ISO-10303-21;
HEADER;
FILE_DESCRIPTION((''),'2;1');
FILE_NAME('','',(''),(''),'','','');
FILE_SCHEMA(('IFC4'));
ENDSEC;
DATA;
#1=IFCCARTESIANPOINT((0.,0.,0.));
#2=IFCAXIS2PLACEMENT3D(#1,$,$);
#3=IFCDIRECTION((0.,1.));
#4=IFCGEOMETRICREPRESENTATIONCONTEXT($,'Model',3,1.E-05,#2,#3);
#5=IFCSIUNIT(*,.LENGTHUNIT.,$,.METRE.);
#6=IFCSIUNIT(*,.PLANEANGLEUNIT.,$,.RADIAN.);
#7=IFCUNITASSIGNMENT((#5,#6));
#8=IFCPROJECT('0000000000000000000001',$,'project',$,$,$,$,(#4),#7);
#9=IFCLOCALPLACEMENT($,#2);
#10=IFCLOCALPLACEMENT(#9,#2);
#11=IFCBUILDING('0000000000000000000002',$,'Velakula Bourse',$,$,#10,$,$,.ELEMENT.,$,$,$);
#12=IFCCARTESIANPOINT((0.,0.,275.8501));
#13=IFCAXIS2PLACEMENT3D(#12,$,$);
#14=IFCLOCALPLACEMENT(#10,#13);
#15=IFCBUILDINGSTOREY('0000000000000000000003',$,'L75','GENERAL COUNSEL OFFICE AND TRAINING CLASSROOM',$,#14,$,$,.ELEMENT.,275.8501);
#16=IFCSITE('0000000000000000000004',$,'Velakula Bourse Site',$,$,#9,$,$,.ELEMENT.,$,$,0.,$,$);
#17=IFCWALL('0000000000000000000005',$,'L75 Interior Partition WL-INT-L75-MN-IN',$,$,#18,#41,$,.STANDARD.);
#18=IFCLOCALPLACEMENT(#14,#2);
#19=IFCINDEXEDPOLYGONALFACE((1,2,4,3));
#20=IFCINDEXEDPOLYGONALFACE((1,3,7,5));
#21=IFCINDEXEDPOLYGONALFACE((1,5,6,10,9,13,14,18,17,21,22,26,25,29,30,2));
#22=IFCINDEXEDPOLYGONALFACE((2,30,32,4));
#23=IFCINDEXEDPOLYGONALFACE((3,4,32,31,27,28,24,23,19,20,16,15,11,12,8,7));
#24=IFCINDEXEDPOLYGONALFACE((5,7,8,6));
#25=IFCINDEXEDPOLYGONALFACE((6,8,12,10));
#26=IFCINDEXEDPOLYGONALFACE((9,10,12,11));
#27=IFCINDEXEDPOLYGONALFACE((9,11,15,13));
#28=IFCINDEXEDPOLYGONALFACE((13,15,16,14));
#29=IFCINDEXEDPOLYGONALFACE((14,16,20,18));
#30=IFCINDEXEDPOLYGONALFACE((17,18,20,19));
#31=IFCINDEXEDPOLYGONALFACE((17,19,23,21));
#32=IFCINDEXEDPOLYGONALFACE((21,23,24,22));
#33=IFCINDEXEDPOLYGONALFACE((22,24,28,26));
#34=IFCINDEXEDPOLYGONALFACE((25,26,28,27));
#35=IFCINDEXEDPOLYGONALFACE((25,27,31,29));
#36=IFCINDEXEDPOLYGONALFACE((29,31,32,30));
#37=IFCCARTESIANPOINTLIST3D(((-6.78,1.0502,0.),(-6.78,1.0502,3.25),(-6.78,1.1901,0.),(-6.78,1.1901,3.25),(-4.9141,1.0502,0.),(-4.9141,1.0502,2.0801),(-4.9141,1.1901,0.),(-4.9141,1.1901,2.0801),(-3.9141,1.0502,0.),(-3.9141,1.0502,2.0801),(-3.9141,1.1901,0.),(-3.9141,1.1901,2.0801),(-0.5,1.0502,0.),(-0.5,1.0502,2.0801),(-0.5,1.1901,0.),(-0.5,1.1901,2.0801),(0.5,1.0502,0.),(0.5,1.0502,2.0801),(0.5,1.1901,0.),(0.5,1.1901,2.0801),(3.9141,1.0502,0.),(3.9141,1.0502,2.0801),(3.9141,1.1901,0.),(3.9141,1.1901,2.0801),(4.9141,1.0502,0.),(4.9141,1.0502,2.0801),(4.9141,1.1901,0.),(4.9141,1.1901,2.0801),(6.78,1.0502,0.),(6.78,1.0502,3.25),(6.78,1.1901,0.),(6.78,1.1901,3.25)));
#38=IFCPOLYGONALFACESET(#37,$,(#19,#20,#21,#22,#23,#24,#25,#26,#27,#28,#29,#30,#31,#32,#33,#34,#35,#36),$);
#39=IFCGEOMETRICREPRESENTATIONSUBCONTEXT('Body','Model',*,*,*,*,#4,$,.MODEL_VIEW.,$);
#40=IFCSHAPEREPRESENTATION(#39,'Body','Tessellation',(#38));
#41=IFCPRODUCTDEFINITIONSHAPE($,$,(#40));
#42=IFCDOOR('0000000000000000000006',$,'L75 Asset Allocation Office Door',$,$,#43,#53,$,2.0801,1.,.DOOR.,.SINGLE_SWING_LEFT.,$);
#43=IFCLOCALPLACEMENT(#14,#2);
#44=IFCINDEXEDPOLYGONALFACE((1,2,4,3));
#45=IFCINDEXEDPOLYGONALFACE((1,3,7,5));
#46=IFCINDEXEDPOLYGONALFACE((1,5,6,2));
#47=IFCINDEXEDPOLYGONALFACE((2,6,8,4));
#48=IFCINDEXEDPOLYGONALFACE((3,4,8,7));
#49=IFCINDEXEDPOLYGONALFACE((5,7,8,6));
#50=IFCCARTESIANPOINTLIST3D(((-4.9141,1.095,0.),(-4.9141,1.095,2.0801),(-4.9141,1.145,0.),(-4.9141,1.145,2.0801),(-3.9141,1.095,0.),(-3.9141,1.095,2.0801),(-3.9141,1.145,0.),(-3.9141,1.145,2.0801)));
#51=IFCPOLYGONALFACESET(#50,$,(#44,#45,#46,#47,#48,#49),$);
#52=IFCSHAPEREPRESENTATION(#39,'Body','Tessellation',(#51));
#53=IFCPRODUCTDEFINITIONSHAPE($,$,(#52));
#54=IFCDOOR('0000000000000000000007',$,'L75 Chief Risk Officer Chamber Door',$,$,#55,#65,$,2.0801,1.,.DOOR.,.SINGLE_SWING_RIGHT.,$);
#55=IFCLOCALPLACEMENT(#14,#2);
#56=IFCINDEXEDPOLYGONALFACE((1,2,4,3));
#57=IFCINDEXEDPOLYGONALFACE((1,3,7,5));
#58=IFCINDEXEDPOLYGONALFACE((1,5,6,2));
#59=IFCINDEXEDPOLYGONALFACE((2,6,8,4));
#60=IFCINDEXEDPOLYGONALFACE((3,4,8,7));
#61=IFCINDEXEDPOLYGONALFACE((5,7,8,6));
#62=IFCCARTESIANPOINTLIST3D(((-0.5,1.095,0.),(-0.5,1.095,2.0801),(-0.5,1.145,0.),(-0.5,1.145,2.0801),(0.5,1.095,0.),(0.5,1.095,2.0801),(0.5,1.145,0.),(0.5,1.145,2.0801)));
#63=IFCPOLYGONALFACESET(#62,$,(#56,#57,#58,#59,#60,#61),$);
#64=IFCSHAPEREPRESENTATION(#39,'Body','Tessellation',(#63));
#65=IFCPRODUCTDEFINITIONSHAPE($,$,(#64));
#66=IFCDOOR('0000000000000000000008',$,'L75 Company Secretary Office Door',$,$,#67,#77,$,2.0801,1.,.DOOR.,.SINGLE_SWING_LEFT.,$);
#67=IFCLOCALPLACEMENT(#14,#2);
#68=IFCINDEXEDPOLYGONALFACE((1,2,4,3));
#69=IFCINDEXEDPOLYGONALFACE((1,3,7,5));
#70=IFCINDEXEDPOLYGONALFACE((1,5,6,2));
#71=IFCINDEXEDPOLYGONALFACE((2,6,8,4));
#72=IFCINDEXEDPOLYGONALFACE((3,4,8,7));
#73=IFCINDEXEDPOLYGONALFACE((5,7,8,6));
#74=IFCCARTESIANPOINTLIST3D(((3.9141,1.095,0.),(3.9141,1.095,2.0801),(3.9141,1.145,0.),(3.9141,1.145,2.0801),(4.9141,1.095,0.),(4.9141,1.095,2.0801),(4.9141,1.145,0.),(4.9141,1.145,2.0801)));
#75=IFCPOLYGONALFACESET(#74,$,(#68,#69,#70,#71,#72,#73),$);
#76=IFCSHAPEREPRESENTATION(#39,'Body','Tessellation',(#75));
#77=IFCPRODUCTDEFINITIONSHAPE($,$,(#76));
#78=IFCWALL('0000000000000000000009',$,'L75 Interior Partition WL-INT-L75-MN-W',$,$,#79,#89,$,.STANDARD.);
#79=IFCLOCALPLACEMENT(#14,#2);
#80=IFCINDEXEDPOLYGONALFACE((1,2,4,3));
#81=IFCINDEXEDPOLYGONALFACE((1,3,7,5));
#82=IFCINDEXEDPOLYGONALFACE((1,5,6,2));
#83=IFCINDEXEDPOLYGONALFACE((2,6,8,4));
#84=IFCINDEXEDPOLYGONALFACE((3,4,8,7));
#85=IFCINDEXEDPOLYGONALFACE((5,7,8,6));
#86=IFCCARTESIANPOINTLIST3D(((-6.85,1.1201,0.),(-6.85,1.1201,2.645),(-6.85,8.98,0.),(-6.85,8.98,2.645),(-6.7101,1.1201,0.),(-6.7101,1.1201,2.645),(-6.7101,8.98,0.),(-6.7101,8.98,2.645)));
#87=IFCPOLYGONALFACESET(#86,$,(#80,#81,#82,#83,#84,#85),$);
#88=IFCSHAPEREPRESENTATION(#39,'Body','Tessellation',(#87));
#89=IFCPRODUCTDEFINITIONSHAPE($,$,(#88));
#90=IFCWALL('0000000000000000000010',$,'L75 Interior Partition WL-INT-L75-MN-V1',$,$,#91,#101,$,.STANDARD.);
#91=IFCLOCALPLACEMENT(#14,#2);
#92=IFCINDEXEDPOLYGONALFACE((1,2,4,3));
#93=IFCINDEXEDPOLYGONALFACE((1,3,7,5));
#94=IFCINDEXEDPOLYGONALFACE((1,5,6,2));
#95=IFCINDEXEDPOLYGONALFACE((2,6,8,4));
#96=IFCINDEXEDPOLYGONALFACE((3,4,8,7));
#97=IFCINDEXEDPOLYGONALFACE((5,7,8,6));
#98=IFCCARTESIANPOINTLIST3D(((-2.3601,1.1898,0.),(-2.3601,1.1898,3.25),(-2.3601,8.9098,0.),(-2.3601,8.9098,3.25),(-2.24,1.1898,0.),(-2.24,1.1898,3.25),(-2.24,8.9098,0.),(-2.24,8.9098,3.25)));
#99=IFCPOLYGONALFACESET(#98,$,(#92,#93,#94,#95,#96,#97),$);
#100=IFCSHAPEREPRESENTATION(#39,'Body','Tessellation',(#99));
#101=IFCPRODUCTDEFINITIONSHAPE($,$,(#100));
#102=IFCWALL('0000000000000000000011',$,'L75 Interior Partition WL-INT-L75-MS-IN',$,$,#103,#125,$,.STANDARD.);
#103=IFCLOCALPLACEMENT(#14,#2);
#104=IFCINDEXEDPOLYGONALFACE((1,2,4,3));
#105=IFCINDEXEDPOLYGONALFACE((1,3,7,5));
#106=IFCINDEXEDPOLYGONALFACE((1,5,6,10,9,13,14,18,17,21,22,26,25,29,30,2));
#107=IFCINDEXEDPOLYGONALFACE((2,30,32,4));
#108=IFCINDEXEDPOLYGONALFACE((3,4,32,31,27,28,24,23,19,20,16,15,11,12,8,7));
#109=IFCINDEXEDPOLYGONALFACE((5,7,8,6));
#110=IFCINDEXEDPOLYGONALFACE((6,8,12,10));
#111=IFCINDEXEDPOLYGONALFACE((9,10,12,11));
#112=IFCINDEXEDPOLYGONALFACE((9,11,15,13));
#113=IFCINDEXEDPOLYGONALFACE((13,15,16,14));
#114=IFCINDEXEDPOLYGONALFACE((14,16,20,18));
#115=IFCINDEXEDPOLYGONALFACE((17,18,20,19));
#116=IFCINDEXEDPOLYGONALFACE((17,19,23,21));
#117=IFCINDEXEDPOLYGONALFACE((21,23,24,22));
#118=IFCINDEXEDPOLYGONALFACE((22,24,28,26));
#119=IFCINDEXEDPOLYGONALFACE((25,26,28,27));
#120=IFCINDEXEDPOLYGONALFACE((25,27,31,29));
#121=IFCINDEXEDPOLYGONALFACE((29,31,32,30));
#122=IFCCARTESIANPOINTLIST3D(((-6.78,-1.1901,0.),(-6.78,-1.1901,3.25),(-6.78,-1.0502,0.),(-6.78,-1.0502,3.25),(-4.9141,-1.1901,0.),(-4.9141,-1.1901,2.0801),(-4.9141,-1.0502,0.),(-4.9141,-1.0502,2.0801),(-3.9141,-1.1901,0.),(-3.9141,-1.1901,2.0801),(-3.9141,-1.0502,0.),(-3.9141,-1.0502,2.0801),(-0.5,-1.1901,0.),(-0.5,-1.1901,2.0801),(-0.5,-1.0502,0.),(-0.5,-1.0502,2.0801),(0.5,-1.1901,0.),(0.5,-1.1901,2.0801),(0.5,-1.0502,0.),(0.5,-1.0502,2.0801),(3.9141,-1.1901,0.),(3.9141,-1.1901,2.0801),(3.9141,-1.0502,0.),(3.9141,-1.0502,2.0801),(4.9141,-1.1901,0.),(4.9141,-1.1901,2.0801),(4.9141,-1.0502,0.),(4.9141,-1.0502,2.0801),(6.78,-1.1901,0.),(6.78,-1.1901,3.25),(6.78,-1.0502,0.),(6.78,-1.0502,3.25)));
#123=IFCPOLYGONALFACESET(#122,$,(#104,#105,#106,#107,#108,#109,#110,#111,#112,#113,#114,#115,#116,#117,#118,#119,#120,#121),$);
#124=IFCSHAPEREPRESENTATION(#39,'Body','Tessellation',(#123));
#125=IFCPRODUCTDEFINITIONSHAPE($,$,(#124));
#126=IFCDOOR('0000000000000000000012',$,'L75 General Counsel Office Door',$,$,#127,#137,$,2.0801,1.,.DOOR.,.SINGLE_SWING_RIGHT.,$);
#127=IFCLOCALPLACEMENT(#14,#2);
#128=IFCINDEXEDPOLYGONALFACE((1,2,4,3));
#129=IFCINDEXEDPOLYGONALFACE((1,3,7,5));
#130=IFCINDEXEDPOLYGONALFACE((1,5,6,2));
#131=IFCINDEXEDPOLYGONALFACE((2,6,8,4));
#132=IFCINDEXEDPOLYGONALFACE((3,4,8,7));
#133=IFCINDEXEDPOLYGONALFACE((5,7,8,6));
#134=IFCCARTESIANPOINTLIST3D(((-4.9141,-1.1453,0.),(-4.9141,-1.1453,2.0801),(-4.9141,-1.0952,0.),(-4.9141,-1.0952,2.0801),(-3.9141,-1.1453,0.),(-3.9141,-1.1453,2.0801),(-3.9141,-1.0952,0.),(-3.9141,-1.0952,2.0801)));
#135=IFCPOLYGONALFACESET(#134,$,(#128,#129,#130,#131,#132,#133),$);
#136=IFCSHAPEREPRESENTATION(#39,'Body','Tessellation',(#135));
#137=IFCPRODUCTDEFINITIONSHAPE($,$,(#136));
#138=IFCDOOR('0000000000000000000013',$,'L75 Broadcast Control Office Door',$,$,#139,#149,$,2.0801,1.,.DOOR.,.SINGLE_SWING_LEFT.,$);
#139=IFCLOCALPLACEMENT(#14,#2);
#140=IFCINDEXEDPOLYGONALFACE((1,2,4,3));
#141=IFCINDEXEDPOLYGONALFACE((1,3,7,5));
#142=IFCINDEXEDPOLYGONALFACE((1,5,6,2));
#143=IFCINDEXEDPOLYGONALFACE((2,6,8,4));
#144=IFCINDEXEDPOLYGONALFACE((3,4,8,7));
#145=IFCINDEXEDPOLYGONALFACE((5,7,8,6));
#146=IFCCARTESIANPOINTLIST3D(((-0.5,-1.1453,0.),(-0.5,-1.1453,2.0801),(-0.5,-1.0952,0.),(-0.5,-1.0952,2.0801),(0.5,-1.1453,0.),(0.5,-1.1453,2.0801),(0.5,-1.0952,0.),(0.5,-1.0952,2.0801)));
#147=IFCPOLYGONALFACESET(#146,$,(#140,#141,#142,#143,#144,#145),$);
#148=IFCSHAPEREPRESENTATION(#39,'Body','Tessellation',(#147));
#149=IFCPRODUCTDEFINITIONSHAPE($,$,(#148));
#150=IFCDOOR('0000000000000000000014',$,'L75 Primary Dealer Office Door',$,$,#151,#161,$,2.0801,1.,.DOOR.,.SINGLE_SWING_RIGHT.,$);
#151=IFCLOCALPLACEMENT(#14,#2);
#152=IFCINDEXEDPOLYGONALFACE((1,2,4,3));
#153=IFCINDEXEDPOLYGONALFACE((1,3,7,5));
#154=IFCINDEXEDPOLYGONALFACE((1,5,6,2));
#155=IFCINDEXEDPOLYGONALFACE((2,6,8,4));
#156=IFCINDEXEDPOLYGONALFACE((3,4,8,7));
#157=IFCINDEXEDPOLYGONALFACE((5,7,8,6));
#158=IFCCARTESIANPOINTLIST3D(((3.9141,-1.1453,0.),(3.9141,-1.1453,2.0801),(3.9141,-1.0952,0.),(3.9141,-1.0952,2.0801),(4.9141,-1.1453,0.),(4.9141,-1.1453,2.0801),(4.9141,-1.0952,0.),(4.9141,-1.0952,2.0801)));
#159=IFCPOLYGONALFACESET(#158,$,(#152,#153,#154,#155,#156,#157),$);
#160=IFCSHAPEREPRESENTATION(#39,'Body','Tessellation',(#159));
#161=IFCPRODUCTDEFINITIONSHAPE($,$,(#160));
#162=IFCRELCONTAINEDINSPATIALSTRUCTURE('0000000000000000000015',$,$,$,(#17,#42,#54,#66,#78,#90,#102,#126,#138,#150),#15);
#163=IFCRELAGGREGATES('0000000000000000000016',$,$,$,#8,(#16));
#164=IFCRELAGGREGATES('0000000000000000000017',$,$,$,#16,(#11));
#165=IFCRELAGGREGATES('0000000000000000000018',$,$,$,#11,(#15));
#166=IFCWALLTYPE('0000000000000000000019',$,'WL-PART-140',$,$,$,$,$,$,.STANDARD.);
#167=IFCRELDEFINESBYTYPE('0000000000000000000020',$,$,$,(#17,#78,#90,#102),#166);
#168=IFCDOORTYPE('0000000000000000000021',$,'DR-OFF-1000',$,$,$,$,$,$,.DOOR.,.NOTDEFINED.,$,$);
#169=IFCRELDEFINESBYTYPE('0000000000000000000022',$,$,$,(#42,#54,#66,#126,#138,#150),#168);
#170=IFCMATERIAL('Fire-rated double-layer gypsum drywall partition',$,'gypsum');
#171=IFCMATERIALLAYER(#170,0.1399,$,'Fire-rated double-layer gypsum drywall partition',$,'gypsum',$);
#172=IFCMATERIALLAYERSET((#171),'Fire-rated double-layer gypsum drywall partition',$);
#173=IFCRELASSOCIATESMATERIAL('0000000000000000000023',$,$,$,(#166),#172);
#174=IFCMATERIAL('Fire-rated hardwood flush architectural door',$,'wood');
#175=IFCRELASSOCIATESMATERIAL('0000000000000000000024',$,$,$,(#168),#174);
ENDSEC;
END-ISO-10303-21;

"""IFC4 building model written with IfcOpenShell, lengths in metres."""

from ifc_helpers import new_model, si_unit, direction, frame, frame_2d, origin, place, context, subcontext, project, spatial, rectangle, extrude, material, layer, layer_set, type_object, element, fill, save


model = new_model("IFC4")

# Units and contexts
model_context = context("Model", 3, precision=1e-05, world=origin(), true_north=direction((0.0, 1.0)))
body_context = subcontext(model_context, "Body", "Model", "MODEL_VIEW")
ifc_project = project(units=[si_unit("LENGTHUNIT", "METRE"), si_unit("PLANEANGLEUNIT", "RADIAN")], contexts=[model_context])

# Site, building, storey
site_placement = place(None, origin())
site = spatial("IfcSite", under=ifc_project, at=site_placement, Name="Velakula Bourse Site", CompositionType="ELEMENT", RefElevation=0.0)
building_placement = place(site_placement, origin())
building = spatial("IfcBuilding", under=site, at=building_placement, Name="Velakula Bourse", CompositionType="ELEMENT")
storey_placement = place(building_placement, frame((0.0, 0.0, 275.8501)))
storey = spatial("IfcBuildingStorey", under=building, at=storey_placement, Name="L75", Description="GENERAL COUNSEL OFFICE AND TRAINING CLASSROOM", CompositionType="ELEMENT", Elevation=275.8501)

# Shared definitions
ifc_material_1 = material(Name="Fire-rated double-layer gypsum drywall partition", Category="gypsum")
ifc_material_2 = material(Name="Fire-rated hardwood flush architectural door", Category="wood")

# Wall, openings, doors
ifc_layer_1 = layer(ifc_material_1, 0.1399, Name="Fire-rated double-layer gypsum drywall partition", Category="gypsum")
ifc_layer_set_1 = layer_set([ifc_layer_1], Name="Fire-rated double-layer gypsum drywall partition")
wall_type_1 = type_object("IfcWallType", Name="WL-PART-140", PredefinedType="STANDARD", material=ifc_layer_set_1)
wall_1_placement = place(storey_placement, frame((-6.78, 1.1201, 0.0), z_axis=(0.0, 0.0, 1.0), x_axis=(1.0, 0.0, 0.0)))
wall_1 = element("IfcWall", 1, at=wall_1_placement, inside=storey, type_object=wall_type_1, Name="L75 Interior Partition WL-INT-L75-MN-IN", PredefinedType="STANDARD", context=body_context, shape_type="SweptSolid", body=[
    extrude(rectangle(XDim=13.5601, YDim=0.1399, at=frame_2d((6.78, 0.0))), origin(), (0.0, 0.0, 1.0), 3.25),
])
opening_1_placement = place(wall_1_placement, frame((1.866, 0.0, 0.0)))
opening_1 = element("IfcOpeningElement", 2, at=opening_1_placement, cuts=wall_1, PredefinedType="OPENING", context=body_context, shape_type="SweptSolid", body=[
    extrude(rectangle(XDim=1.0, YDim=2.0801, at=frame_2d((0.5, 1.04))), frame((0.0, 0.0798, 0.0), z_axis=(0.0, -1.0, 0.0), x_axis=(1.0, 0.0, 0.0)), (0.0, 0.0, 1.0), 0.1599),
])
opening_2_placement = place(wall_1_placement, frame((6.28, 0.0, 0.0)))
opening_2 = element("IfcOpeningElement", 3, at=opening_2_placement, cuts=wall_1, PredefinedType="OPENING", context=body_context, shape_type="SweptSolid", body=[
    extrude(rectangle(XDim=1.0, YDim=2.0801, at=frame_2d((0.5, 1.04))), frame((0.0, 0.0798, 0.0), z_axis=(0.0, -1.0, 0.0), x_axis=(1.0, 0.0, 0.0)), (0.0, 0.0, 1.0), 0.1599),
])
opening_3_placement = place(wall_1_placement, frame((10.6941, 0.0, 0.0)))
opening_3 = element("IfcOpeningElement", 4, at=opening_3_placement, cuts=wall_1, PredefinedType="OPENING", context=body_context, shape_type="SweptSolid", body=[
    extrude(rectangle(XDim=1.0, YDim=2.0801, at=frame_2d((0.5, 1.04))), frame((0.0, 0.0798, 0.0), z_axis=(0.0, -1.0, 0.0), x_axis=(1.0, 0.0, 0.0)), (0.0, 0.0, 1.0), 0.1599),
])
door_type_1 = type_object("IfcDoorType", Name="DR-OFF-1000", OperationType="NOTDEFINED", PredefinedType="DOOR", material=ifc_material_2)
door_1_placement = place(opening_1_placement, origin())
door_1 = element("IfcDoor", 5, at=door_1_placement, inside=storey, type_object=door_type_1, Name="L75 Asset Allocation Office Door", OperationType="SINGLE_SWING_LEFT", OverallHeight=2.0801, OverallWidth=1.0, PredefinedType="DOOR", context=body_context, shape_type="SweptSolid", body=[
    extrude(rectangle(XDim=1.0, YDim=2.0801, at=frame_2d((0.5, 1.04))), frame((0.0, 0.0249, 0.0), z_axis=(0.0, -1.0, 0.0), x_axis=(1.0, 0.0, 0.0)), (0.0, 0.0, 1.0), 0.05),
])
fill(opening_1, door_1)
door_2_placement = place(opening_2_placement, origin())
door_2 = element("IfcDoor", 6, at=door_2_placement, inside=storey, type_object=door_type_1, Name="L75 Chief Risk Officer Chamber Door", OperationType="SINGLE_SWING_RIGHT", OverallHeight=2.0801, OverallWidth=1.0, PredefinedType="DOOR", context=body_context, shape_type="SweptSolid", body=[
    extrude(rectangle(XDim=1.0, YDim=2.0801, at=frame_2d((0.5, 1.04))), frame((0.0, 0.0249, 0.0), z_axis=(0.0, -1.0, 0.0), x_axis=(1.0, 0.0, 0.0)), (0.0, 0.0, 1.0), 0.05),
])
fill(opening_2, door_2)
door_3_placement = place(opening_3_placement, origin())
door_3 = element("IfcDoor", 7, at=door_3_placement, inside=storey, type_object=door_type_1, Name="L75 Company Secretary Office Door", OperationType="SINGLE_SWING_LEFT", OverallHeight=2.0801, OverallWidth=1.0, PredefinedType="DOOR", context=body_context, shape_type="SweptSolid", body=[
    extrude(rectangle(XDim=1.0, YDim=2.0801, at=frame_2d((0.5, 1.04))), frame((0.0, 0.0249, 0.0), z_axis=(0.0, -1.0, 0.0), x_axis=(1.0, 0.0, 0.0)), (0.0, 0.0, 1.0), 0.05),
])
fill(opening_3, door_3)

# Walls
wall_2_placement = place(storey_placement, frame((-6.78, 1.1201, 0.0), z_axis=(0.0, 0.0, 1.0), x_axis=(0.0, 1.0, 0.0)))
element("IfcWall", 8, at=wall_2_placement, inside=storey, type_object=wall_type_1, Name="L75 Interior Partition WL-INT-L75-MN-W", PredefinedType="STANDARD", context=body_context, shape_type="SweptSolid", body=[
    extrude(rectangle(XDim=7.8599, YDim=0.1399, at=frame_2d((3.9299, 0.0))), origin(), (0.0, 0.0, 1.0), 2.645),
])
wall_3_placement = place(storey_placement, frame((-2.3, 1.1899, 0.0), z_axis=(0.0, 0.0, 1.0), x_axis=(0.0, 1.0, 0.0)))
element("IfcWall", 9, at=wall_3_placement, inside=storey, type_object=wall_type_1, Name="L75 Interior Partition WL-INT-L75-MN-V1", PredefinedType="STANDARD", context=body_context, shape_type="SweptSolid", body=[
    extrude(rectangle(XDim=7.72, YDim=0.1201, at=frame_2d((3.8599, 0.0))), origin(), (0.0, 0.0, 1.0), 3.25),
])

# Wall, openings, doors
wall_4_placement = place(storey_placement, frame((-6.78, -1.1201, 0.0), z_axis=(0.0, 0.0, 1.0), x_axis=(1.0, 0.0, 0.0)))
wall_4 = element("IfcWall", 10, at=wall_4_placement, inside=storey, type_object=wall_type_1, Name="L75 Interior Partition WL-INT-L75-MS-IN", PredefinedType="STANDARD", context=body_context, shape_type="SweptSolid", body=[
    extrude(rectangle(XDim=13.5601, YDim=0.1399, at=frame_2d((6.78, 0.0))), origin(), (0.0, 0.0, 1.0), 3.25),
])
opening_4_placement = place(wall_4_placement, frame((1.866, 0.0, 0.0)))
opening_4 = element("IfcOpeningElement", 11, at=opening_4_placement, cuts=wall_4, PredefinedType="OPENING", context=body_context, shape_type="SweptSolid", body=[
    extrude(rectangle(XDim=1.0, YDim=2.0801, at=frame_2d((0.5, 1.04))), frame((0.0, 0.0798, 0.0), z_axis=(0.0, -1.0, 0.0), x_axis=(1.0, 0.0, 0.0)), (0.0, 0.0, 1.0), 0.1599),
])
opening_5_placement = place(wall_4_placement, frame((6.28, 0.0, 0.0)))
opening_5 = element("IfcOpeningElement", 12, at=opening_5_placement, cuts=wall_4, PredefinedType="OPENING", context=body_context, shape_type="SweptSolid", body=[
    extrude(rectangle(XDim=1.0, YDim=2.0801, at=frame_2d((0.5, 1.04))), frame((0.0, 0.0798, 0.0), z_axis=(0.0, -1.0, 0.0), x_axis=(1.0, 0.0, 0.0)), (0.0, 0.0, 1.0), 0.1599),
])
opening_6_placement = place(wall_4_placement, frame((10.6941, 0.0, 0.0)))
opening_6 = element("IfcOpeningElement", 13, at=opening_6_placement, cuts=wall_4, PredefinedType="OPENING", context=body_context, shape_type="SweptSolid", body=[
    extrude(rectangle(XDim=1.0, YDim=2.0801, at=frame_2d((0.5, 1.04))), frame((0.0, 0.0798, 0.0), z_axis=(0.0, -1.0, 0.0), x_axis=(1.0, 0.0, 0.0)), (0.0, 0.0, 1.0), 0.1599),
])
door_4_placement = place(opening_4_placement, origin())
door_4 = element("IfcDoor", 14, at=door_4_placement, inside=storey, type_object=door_type_1, Name="L75 General Counsel Office Door", OperationType="SINGLE_SWING_RIGHT", OverallHeight=2.0801, OverallWidth=1.0, PredefinedType="DOOR", context=body_context, shape_type="SweptSolid", body=[
    extrude(rectangle(XDim=1.0, YDim=2.0801, at=frame_2d((0.5, 1.04))), frame((0.0, 0.0249, 0.0), z_axis=(0.0, -1.0, 0.0), x_axis=(1.0, 0.0, 0.0)), (0.0, 0.0, 1.0), 0.05),
])
fill(opening_4, door_4)
door_5_placement = place(opening_5_placement, origin())
door_5 = element("IfcDoor", 15, at=door_5_placement, inside=storey, type_object=door_type_1, Name="L75 Broadcast Control Office Door", OperationType="SINGLE_SWING_LEFT", OverallHeight=2.0801, OverallWidth=1.0, PredefinedType="DOOR", context=body_context, shape_type="SweptSolid", body=[
    extrude(rectangle(XDim=1.0, YDim=2.0801, at=frame_2d((0.5, 1.04))), frame((0.0, 0.0249, 0.0), z_axis=(0.0, -1.0, 0.0), x_axis=(1.0, 0.0, 0.0)), (0.0, 0.0, 1.0), 0.05),
])
fill(opening_5, door_5)
door_6_placement = place(opening_6_placement, origin())
door_6 = element("IfcDoor", 16, at=door_6_placement, inside=storey, type_object=door_type_1, Name="L75 Primary Dealer Office Door", OperationType="SINGLE_SWING_RIGHT", OverallHeight=2.0801, OverallWidth=1.0, PredefinedType="DOOR", context=body_context, shape_type="SweptSolid", body=[
    extrude(rectangle(XDim=1.0, YDim=2.0801, at=frame_2d((0.5, 1.04))), frame((0.0, 0.0249, 0.0), z_axis=(0.0, -1.0, 0.0), x_axis=(1.0, 0.0, 0.0)), (0.0, 0.0, 1.0), 0.05),
])
fill(opening_6, door_6)

save(model, "model.ifc")
